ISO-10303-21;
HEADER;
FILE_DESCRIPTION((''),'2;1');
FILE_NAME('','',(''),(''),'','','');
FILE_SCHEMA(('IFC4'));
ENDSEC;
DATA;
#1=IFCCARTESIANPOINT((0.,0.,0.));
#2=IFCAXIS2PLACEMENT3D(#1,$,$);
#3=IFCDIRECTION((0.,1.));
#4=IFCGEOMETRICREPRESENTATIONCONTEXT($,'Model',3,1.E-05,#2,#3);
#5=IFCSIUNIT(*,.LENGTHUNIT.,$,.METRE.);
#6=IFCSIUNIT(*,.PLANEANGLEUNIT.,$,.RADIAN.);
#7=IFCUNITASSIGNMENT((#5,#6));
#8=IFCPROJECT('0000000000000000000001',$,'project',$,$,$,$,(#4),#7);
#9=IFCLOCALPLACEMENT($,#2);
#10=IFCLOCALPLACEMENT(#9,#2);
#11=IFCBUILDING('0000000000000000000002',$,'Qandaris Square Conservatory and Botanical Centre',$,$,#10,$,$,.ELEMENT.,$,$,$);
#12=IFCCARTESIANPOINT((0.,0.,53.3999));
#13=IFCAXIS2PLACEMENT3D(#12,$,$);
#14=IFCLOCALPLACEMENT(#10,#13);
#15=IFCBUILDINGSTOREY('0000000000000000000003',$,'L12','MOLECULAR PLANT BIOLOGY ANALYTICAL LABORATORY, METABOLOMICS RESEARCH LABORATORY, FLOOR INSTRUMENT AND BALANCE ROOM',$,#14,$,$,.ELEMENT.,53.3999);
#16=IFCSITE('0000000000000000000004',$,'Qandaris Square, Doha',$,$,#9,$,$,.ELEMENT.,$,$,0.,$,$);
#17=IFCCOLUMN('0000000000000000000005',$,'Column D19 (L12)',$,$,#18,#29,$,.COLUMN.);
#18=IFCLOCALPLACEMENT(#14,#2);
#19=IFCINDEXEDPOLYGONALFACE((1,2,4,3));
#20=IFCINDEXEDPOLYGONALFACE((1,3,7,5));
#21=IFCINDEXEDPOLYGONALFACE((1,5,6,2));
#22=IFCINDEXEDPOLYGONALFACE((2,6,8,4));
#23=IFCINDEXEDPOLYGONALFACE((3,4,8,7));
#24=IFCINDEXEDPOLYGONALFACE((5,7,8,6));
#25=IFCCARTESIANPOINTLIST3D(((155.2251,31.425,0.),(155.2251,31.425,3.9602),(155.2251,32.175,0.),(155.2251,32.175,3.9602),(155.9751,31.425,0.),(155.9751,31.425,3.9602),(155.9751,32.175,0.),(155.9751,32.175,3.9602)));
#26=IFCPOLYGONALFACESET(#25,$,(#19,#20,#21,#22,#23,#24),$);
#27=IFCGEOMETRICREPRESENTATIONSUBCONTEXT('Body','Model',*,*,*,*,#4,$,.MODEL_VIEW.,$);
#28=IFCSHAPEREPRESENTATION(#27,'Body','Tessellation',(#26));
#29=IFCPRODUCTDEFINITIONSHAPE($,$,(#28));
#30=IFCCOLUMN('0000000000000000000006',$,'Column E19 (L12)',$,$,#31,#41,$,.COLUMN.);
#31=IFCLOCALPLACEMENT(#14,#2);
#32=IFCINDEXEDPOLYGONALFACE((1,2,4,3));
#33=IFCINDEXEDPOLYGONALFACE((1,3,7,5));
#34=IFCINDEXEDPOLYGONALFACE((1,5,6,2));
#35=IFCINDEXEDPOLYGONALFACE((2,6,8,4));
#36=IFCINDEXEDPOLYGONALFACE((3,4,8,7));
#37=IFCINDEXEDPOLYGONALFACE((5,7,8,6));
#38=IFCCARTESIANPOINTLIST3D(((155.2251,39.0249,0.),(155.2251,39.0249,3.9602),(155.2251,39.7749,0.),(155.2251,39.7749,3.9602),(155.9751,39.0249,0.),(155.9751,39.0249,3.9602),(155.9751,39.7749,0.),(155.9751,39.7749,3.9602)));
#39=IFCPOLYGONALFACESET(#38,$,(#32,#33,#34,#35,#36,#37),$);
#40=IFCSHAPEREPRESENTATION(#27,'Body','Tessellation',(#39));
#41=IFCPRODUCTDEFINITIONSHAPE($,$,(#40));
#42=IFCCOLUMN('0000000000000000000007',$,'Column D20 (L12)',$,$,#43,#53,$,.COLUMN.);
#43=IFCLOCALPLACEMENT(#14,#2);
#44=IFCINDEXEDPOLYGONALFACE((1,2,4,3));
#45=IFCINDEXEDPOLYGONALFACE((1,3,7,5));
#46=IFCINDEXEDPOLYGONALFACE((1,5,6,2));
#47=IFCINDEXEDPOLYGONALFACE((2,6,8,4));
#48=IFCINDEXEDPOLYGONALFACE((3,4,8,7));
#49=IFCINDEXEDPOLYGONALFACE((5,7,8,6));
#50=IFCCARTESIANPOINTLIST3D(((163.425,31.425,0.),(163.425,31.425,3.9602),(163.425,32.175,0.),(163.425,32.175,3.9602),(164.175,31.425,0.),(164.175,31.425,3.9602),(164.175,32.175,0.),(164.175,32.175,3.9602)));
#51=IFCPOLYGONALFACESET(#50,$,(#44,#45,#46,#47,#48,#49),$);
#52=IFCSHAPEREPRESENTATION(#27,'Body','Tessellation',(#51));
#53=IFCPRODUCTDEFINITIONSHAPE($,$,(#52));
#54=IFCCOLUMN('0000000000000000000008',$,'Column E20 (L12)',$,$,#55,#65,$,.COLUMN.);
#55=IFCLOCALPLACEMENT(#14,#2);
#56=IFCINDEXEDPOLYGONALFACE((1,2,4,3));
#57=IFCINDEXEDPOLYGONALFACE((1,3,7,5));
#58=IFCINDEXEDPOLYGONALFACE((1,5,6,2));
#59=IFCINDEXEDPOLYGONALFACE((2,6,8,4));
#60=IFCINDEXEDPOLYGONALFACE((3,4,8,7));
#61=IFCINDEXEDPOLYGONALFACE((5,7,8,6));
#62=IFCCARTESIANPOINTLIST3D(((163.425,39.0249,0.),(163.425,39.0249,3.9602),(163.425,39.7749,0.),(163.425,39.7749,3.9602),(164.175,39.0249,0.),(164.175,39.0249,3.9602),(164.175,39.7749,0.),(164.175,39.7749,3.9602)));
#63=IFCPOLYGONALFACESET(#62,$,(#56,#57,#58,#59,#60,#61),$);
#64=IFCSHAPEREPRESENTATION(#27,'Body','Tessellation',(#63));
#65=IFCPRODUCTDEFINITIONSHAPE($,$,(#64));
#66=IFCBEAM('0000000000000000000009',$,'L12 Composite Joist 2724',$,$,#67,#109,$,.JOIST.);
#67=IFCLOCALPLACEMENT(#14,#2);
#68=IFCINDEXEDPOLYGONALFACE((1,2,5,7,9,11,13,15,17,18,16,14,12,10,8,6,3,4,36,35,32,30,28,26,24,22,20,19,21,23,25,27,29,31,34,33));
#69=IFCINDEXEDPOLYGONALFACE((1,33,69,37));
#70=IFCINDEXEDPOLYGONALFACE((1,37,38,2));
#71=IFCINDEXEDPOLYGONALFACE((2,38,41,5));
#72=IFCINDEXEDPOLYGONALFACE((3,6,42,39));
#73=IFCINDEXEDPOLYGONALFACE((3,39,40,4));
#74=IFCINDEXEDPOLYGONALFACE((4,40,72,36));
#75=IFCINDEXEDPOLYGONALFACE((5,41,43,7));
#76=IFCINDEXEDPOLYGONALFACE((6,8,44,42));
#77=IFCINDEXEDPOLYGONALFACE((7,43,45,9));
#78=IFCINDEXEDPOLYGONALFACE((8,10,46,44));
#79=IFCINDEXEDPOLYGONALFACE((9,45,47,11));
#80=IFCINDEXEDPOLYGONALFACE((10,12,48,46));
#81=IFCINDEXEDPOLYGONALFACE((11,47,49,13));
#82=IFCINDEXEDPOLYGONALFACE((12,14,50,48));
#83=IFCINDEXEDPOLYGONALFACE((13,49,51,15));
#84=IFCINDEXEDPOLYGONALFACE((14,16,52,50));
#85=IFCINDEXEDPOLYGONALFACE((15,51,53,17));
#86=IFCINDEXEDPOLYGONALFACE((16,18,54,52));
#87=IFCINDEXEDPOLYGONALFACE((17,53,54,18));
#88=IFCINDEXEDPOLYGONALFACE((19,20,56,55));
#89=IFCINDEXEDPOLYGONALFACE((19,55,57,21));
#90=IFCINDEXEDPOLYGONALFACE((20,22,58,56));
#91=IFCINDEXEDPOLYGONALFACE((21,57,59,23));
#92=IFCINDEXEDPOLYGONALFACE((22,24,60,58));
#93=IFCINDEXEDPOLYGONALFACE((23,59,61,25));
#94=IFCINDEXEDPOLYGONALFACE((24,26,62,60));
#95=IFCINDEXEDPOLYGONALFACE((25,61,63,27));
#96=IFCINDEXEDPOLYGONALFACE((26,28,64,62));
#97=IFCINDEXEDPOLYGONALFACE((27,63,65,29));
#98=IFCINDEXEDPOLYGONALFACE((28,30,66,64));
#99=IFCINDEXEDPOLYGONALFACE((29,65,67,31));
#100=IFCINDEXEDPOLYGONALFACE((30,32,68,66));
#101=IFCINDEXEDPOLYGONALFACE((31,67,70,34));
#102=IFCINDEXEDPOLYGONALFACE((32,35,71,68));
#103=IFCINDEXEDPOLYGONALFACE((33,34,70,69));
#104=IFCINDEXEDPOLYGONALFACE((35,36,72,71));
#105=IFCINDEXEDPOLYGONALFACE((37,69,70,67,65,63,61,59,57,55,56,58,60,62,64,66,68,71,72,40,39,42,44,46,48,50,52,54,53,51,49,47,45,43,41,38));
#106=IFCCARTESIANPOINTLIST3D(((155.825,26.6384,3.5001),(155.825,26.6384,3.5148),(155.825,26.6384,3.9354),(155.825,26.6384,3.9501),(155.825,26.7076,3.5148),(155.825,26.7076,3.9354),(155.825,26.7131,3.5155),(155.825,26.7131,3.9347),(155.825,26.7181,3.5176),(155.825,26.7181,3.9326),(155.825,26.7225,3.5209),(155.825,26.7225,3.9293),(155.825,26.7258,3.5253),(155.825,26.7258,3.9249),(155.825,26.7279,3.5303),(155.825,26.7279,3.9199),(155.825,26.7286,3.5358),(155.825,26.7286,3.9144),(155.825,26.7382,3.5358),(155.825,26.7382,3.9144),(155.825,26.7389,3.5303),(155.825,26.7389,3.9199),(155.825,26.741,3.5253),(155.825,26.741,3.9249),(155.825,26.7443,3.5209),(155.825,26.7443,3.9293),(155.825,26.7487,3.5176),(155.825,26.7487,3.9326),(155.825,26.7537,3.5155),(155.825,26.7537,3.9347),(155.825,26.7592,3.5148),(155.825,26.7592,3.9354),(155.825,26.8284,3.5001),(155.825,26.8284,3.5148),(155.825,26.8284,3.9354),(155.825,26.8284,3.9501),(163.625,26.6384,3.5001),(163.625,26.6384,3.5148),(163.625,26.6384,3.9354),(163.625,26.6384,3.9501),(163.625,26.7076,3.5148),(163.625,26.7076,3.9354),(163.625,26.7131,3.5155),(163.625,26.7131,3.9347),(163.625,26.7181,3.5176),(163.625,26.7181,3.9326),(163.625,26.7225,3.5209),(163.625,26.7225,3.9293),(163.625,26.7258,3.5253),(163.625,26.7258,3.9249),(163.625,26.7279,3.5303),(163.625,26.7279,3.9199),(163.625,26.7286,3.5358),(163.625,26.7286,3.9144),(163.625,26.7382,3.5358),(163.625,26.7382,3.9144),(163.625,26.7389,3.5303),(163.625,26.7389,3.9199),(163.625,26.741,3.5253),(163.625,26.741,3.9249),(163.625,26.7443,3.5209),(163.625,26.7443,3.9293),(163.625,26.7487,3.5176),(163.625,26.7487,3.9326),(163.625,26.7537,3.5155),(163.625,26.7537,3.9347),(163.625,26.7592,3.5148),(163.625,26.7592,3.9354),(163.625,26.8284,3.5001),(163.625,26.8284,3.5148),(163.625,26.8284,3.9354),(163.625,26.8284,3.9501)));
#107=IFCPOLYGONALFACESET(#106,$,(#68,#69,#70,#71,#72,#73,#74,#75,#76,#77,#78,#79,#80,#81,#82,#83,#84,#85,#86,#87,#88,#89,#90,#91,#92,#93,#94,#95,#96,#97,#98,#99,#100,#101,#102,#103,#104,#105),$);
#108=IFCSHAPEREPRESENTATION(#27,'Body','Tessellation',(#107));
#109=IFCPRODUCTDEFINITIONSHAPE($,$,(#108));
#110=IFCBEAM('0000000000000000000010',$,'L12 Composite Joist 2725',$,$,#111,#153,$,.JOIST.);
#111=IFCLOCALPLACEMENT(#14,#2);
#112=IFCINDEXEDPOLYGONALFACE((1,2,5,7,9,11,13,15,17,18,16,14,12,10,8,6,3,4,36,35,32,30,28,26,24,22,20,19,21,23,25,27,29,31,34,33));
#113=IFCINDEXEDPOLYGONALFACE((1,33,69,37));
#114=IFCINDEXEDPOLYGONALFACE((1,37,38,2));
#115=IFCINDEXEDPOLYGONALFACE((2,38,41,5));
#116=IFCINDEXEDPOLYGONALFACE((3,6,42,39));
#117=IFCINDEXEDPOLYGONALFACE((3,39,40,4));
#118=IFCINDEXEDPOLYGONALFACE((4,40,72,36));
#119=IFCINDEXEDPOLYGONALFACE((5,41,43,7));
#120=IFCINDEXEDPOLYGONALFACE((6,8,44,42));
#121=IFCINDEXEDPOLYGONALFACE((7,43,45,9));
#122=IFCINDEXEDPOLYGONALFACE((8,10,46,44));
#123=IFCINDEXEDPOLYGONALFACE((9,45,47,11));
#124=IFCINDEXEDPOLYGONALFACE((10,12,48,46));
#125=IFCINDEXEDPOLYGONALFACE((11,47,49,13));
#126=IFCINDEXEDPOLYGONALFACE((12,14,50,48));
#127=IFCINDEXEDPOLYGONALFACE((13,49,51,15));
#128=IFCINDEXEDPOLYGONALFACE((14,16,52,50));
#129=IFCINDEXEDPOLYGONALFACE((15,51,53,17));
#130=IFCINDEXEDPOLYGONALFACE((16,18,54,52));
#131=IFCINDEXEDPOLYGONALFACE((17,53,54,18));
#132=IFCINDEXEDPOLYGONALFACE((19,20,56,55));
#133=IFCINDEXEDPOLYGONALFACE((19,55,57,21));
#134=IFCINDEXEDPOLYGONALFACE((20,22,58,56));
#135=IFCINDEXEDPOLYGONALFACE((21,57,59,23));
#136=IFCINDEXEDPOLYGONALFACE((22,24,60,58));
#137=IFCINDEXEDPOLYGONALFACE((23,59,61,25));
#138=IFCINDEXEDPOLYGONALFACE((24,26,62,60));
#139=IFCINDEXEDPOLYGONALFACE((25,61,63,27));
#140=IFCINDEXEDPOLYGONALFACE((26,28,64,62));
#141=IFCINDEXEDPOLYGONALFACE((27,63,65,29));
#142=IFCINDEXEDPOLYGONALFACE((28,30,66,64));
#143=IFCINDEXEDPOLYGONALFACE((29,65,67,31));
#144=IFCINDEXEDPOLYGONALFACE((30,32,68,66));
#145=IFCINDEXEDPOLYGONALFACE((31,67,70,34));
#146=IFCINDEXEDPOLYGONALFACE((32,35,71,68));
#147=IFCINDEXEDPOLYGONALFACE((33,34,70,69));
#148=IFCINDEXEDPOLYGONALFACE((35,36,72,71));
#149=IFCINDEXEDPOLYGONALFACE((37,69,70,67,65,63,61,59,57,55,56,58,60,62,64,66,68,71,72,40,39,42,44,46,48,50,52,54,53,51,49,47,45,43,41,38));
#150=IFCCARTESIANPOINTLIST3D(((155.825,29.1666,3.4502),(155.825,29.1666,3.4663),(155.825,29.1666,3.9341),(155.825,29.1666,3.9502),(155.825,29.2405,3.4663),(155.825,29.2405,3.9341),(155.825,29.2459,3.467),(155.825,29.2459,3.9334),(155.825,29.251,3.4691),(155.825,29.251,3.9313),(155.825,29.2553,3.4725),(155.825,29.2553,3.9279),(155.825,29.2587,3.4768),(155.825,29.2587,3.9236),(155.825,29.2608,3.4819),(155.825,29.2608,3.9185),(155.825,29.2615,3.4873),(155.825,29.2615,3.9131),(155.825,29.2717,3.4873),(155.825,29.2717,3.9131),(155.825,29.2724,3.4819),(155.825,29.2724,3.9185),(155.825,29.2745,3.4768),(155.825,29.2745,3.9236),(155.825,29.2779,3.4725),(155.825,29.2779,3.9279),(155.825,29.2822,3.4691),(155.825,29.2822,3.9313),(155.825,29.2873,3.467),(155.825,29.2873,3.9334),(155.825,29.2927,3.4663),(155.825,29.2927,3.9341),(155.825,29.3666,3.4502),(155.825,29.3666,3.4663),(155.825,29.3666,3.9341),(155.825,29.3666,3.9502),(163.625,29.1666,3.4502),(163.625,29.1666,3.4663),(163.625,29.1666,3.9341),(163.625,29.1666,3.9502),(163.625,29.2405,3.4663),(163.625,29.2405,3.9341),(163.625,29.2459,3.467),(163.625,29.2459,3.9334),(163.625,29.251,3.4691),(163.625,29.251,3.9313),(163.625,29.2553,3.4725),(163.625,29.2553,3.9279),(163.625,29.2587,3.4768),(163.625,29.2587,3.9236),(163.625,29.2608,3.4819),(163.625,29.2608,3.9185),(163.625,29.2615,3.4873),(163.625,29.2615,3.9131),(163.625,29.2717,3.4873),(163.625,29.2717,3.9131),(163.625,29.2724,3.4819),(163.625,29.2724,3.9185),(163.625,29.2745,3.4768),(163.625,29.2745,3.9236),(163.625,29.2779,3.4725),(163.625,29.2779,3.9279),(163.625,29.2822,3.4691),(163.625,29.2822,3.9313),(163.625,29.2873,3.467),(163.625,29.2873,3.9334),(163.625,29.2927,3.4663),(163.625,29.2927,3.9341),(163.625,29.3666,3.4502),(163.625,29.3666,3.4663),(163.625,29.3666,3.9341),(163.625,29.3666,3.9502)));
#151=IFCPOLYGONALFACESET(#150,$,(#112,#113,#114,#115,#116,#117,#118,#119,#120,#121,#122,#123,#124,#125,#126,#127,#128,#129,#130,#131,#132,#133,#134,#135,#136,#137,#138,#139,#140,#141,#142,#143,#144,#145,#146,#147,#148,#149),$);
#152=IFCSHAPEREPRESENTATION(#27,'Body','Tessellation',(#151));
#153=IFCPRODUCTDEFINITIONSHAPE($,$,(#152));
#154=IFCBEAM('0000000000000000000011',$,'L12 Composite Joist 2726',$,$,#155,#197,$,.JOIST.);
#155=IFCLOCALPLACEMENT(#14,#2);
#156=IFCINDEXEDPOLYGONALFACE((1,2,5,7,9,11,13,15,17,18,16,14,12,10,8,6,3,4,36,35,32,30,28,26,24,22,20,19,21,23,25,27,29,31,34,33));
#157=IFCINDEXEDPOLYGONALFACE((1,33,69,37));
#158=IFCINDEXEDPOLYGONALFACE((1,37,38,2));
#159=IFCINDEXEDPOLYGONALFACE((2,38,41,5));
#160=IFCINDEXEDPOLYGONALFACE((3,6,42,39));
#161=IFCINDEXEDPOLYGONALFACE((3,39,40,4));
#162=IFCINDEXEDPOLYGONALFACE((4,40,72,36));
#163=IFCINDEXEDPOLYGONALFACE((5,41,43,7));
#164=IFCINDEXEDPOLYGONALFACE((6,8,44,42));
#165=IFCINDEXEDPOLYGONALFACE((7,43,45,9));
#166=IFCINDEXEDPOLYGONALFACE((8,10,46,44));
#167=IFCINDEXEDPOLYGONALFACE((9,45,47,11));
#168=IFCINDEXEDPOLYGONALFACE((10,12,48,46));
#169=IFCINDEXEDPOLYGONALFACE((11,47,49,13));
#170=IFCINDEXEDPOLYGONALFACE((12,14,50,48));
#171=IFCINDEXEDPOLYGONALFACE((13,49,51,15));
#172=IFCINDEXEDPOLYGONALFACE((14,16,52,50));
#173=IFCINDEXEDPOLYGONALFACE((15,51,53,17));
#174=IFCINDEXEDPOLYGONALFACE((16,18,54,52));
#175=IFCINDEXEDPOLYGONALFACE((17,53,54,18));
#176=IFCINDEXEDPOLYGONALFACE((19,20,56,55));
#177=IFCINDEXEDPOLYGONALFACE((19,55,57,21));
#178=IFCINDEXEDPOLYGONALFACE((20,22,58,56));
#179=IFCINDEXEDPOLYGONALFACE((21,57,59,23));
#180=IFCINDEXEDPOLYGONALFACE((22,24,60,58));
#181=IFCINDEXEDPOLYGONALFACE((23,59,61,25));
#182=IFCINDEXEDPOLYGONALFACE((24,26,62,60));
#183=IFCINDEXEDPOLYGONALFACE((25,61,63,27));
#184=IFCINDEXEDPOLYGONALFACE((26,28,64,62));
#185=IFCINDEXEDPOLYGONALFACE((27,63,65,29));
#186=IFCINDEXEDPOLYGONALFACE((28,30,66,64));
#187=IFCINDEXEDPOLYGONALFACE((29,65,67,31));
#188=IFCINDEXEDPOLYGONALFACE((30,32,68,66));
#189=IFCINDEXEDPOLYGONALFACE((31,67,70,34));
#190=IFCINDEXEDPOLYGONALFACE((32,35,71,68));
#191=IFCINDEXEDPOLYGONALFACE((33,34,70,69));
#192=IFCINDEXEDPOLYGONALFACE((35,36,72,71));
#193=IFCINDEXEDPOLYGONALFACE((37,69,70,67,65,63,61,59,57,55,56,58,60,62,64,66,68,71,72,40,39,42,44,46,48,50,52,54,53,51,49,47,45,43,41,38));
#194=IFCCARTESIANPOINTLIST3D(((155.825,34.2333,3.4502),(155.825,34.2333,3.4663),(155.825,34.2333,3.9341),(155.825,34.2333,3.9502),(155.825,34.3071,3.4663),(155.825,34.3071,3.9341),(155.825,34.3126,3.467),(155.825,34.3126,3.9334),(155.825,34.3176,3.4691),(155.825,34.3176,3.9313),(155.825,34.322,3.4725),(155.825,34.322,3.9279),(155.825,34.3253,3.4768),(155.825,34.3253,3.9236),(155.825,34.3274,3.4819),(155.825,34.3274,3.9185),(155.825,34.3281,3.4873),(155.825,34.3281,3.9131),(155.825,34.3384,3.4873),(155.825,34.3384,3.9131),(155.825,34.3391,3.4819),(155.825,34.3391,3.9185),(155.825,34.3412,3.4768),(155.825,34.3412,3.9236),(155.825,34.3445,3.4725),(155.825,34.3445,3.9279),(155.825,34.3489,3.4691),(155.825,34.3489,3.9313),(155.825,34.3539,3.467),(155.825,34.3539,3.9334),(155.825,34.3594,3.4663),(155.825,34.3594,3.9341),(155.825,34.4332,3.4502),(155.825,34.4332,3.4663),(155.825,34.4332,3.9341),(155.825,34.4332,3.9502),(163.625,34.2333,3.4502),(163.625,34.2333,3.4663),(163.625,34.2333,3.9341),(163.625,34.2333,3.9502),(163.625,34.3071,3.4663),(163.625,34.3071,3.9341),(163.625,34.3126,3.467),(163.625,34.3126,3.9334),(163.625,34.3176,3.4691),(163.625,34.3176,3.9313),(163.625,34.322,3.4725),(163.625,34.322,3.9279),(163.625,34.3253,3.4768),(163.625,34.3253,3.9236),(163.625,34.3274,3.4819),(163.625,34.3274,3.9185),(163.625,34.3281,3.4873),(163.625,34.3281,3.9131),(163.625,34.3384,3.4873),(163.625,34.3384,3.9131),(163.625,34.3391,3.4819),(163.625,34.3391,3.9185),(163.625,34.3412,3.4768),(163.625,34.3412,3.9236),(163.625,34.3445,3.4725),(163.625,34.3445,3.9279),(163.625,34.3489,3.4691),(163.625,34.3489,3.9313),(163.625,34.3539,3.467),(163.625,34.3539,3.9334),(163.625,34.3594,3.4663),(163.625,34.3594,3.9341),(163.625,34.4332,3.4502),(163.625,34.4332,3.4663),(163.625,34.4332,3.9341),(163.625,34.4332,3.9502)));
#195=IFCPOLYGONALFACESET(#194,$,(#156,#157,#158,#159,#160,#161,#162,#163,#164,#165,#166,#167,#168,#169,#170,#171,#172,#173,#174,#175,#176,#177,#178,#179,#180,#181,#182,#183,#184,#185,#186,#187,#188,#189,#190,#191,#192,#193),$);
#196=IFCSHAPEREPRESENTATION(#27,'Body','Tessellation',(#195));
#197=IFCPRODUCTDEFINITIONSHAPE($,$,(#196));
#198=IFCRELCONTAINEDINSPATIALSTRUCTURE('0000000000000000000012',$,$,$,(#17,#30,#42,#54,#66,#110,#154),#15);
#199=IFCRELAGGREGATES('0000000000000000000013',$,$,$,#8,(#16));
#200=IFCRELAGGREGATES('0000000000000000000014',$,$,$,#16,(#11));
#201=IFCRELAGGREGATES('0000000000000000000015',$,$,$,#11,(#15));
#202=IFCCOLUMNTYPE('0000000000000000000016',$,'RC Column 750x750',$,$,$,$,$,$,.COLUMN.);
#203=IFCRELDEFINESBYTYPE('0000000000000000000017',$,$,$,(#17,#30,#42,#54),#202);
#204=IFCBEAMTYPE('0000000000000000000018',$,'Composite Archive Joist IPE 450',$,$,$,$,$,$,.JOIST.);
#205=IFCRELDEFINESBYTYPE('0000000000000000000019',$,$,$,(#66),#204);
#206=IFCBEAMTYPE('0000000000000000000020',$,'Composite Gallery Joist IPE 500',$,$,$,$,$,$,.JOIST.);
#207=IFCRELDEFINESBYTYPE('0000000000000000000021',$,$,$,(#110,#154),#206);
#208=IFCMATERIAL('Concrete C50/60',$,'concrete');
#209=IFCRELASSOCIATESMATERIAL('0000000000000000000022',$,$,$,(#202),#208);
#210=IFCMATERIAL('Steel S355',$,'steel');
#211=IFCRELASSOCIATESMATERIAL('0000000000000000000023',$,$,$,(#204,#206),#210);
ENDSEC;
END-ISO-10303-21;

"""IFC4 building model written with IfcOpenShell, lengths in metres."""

from ifc_helpers import new_model, si_unit, direction, frame, origin, origin_2d, place, context, subcontext, project, spatial, rectangle, i_section, extrude, material, material_profile, profile_set, type_object, element, save


model = new_model("IFC4")

# Units and contexts
model_context = context("Model", 3, precision=1e-05, world=origin(), true_north=direction((0.0, 1.0)))
body_context = subcontext(model_context, "Body", "Model", "MODEL_VIEW")
ifc_project = project(units=[si_unit("LENGTHUNIT", "METRE"), si_unit("PLANEANGLEUNIT", "RADIAN")], contexts=[model_context])

# Site, building, storey
site_placement = place(None, origin())
site = spatial("IfcSite", under=ifc_project, at=site_placement, Name="Qandaris Square, Doha", CompositionType="ELEMENT", RefElevation=0.0)
building_placement = place(site_placement, origin())
building = spatial("IfcBuilding", under=site, at=building_placement, Name="Qandaris Square Conservatory and Botanical Centre", CompositionType="ELEMENT")
storey_placement = place(building_placement, frame((0.0, 0.0, 53.3999)))
storey = spatial("IfcBuildingStorey", under=building, at=storey_placement, Name="L12", Description="MOLECULAR PLANT BIOLOGY ANALYTICAL LABORATORY, METABOLOMICS RESEARCH LABORATORY, FLOOR INSTRUMENT AND BALANCE ROOM", CompositionType="ELEMENT", Elevation=53.3999)

# Columns
ifc_material_1 = material(Name="Concrete C50/60", Category="concrete")
ifc_material_profile_1 = material_profile(ifc_material_1, rectangle(XDim=0.75, YDim=0.75, at=origin_2d()), Name="RC-COL 750x750")
ifc_profile_set_1 = profile_set([ifc_material_profile_1], Name="Concrete C50/60")
column_type = type_object("IfcColumnType", Name="RC Column 750x750", PredefinedType="COLUMN", material=ifc_profile_set_1)
for number, where, z_axis, x_axis, name in (
    (1, (155.6001, 31.8, 0.0), (0.0, 0.0, 1.0), (1.0, 0.0, 0.0), "Column D19 (L12)"),
    (2, (155.6001, 39.3999, 0.0), (0.0, 0.0, 1.0), (1.0, 0.0, 0.0), "Column E19 (L12)"),
    (3, (163.8, 31.8, 0.0), (0.0, 0.0, 1.0), (1.0, 0.0, 0.0), "Column D20 (L12)"),
    (4, (163.8, 39.3999, 0.0), (0.0, 0.0, 1.0), (1.0, 0.0, 0.0), "Column E20 (L12)"),
):
    element("IfcColumn", number, at=place(storey_placement, frame(where, z_axis=z_axis, x_axis=x_axis)), inside=storey, type_object=column_type, Name=name, PredefinedType="COLUMN", context=body_context, shape_type="SweptSolid", body=[
        extrude(rectangle(XDim=0.75, YDim=0.75, at=origin_2d()), origin(), (0.0, 0.0, 1.0), 3.9602),
    ])

# Beams
ifc_material_2 = material(Name="Steel S355", Category="steel")
ifc_material_profile_2 = material_profile(ifc_material_2, i_section(OverallWidth=0.1899, OverallDepth=0.45, WebThickness=0.0095, FlangeThickness=0.0146, FilletRadius=0.021, at=origin_2d()), Name="IPE 450")
ifc_profile_set_2 = profile_set([ifc_material_profile_2], Name="Steel S355")
beam_type_1 = type_object("IfcBeamType", Name="Composite Archive Joist IPE 450", PredefinedType="JOIST", material=ifc_profile_set_2)
beam_1_placement = place(storey_placement, frame((155.825, 26.7334, 3.7251), z_axis=(1.0, 0.0, 0.0), x_axis=(0.0, 1.0, 0.0)))
element("IfcBeam", 5, at=beam_1_placement, inside=storey, type_object=beam_type_1, Name="L12 Composite Joist 2724", PredefinedType="JOIST", context=body_context, shape_type="SweptSolid", body=[
    extrude(i_section(OverallWidth=0.1899, OverallDepth=0.45, WebThickness=0.0095, FlangeThickness=0.0146, FilletRadius=0.021, at=origin_2d()), origin(), (0.0, 0.0, 1.0), 7.8),
])
ifc_material_profile_3 = material_profile(ifc_material_2, i_section(OverallWidth=0.2, OverallDepth=0.5, WebThickness=0.0103, FlangeThickness=0.0161, FilletRadius=0.021, at=origin_2d()), Name="IPE 500")
ifc_profile_set_3 = profile_set([ifc_material_profile_3], Name="Steel S355")
beam_type_2 = type_object("IfcBeamType", Name="Composite Gallery Joist IPE 500", PredefinedType="JOIST", material=ifc_profile_set_3)
for number, where, z_axis, x_axis, name in (
    (6, (155.825, 29.2666, 3.7002), (1.0, 0.0, 0.0), (0.0, 1.0, 0.0), "L12 Composite Joist 2725"),
    (7, (155.825, 34.3333, 3.7002), (1.0, 0.0, 0.0), (0.0, 1.0, 0.0), "L12 Composite Joist 2726"),
):
    element("IfcBeam", number, at=place(storey_placement, frame(where, z_axis=z_axis, x_axis=x_axis)), inside=storey, type_object=beam_type_2, Name=name, PredefinedType="JOIST", context=body_context, shape_type="SweptSolid", body=[
        extrude(i_section(OverallWidth=0.2, OverallDepth=0.5, WebThickness=0.0103, FlangeThickness=0.0161, FilletRadius=0.021, at=origin_2d()), origin(), (0.0, 0.0, 1.0), 7.8),
    ])

save(model, "model.ifc")
